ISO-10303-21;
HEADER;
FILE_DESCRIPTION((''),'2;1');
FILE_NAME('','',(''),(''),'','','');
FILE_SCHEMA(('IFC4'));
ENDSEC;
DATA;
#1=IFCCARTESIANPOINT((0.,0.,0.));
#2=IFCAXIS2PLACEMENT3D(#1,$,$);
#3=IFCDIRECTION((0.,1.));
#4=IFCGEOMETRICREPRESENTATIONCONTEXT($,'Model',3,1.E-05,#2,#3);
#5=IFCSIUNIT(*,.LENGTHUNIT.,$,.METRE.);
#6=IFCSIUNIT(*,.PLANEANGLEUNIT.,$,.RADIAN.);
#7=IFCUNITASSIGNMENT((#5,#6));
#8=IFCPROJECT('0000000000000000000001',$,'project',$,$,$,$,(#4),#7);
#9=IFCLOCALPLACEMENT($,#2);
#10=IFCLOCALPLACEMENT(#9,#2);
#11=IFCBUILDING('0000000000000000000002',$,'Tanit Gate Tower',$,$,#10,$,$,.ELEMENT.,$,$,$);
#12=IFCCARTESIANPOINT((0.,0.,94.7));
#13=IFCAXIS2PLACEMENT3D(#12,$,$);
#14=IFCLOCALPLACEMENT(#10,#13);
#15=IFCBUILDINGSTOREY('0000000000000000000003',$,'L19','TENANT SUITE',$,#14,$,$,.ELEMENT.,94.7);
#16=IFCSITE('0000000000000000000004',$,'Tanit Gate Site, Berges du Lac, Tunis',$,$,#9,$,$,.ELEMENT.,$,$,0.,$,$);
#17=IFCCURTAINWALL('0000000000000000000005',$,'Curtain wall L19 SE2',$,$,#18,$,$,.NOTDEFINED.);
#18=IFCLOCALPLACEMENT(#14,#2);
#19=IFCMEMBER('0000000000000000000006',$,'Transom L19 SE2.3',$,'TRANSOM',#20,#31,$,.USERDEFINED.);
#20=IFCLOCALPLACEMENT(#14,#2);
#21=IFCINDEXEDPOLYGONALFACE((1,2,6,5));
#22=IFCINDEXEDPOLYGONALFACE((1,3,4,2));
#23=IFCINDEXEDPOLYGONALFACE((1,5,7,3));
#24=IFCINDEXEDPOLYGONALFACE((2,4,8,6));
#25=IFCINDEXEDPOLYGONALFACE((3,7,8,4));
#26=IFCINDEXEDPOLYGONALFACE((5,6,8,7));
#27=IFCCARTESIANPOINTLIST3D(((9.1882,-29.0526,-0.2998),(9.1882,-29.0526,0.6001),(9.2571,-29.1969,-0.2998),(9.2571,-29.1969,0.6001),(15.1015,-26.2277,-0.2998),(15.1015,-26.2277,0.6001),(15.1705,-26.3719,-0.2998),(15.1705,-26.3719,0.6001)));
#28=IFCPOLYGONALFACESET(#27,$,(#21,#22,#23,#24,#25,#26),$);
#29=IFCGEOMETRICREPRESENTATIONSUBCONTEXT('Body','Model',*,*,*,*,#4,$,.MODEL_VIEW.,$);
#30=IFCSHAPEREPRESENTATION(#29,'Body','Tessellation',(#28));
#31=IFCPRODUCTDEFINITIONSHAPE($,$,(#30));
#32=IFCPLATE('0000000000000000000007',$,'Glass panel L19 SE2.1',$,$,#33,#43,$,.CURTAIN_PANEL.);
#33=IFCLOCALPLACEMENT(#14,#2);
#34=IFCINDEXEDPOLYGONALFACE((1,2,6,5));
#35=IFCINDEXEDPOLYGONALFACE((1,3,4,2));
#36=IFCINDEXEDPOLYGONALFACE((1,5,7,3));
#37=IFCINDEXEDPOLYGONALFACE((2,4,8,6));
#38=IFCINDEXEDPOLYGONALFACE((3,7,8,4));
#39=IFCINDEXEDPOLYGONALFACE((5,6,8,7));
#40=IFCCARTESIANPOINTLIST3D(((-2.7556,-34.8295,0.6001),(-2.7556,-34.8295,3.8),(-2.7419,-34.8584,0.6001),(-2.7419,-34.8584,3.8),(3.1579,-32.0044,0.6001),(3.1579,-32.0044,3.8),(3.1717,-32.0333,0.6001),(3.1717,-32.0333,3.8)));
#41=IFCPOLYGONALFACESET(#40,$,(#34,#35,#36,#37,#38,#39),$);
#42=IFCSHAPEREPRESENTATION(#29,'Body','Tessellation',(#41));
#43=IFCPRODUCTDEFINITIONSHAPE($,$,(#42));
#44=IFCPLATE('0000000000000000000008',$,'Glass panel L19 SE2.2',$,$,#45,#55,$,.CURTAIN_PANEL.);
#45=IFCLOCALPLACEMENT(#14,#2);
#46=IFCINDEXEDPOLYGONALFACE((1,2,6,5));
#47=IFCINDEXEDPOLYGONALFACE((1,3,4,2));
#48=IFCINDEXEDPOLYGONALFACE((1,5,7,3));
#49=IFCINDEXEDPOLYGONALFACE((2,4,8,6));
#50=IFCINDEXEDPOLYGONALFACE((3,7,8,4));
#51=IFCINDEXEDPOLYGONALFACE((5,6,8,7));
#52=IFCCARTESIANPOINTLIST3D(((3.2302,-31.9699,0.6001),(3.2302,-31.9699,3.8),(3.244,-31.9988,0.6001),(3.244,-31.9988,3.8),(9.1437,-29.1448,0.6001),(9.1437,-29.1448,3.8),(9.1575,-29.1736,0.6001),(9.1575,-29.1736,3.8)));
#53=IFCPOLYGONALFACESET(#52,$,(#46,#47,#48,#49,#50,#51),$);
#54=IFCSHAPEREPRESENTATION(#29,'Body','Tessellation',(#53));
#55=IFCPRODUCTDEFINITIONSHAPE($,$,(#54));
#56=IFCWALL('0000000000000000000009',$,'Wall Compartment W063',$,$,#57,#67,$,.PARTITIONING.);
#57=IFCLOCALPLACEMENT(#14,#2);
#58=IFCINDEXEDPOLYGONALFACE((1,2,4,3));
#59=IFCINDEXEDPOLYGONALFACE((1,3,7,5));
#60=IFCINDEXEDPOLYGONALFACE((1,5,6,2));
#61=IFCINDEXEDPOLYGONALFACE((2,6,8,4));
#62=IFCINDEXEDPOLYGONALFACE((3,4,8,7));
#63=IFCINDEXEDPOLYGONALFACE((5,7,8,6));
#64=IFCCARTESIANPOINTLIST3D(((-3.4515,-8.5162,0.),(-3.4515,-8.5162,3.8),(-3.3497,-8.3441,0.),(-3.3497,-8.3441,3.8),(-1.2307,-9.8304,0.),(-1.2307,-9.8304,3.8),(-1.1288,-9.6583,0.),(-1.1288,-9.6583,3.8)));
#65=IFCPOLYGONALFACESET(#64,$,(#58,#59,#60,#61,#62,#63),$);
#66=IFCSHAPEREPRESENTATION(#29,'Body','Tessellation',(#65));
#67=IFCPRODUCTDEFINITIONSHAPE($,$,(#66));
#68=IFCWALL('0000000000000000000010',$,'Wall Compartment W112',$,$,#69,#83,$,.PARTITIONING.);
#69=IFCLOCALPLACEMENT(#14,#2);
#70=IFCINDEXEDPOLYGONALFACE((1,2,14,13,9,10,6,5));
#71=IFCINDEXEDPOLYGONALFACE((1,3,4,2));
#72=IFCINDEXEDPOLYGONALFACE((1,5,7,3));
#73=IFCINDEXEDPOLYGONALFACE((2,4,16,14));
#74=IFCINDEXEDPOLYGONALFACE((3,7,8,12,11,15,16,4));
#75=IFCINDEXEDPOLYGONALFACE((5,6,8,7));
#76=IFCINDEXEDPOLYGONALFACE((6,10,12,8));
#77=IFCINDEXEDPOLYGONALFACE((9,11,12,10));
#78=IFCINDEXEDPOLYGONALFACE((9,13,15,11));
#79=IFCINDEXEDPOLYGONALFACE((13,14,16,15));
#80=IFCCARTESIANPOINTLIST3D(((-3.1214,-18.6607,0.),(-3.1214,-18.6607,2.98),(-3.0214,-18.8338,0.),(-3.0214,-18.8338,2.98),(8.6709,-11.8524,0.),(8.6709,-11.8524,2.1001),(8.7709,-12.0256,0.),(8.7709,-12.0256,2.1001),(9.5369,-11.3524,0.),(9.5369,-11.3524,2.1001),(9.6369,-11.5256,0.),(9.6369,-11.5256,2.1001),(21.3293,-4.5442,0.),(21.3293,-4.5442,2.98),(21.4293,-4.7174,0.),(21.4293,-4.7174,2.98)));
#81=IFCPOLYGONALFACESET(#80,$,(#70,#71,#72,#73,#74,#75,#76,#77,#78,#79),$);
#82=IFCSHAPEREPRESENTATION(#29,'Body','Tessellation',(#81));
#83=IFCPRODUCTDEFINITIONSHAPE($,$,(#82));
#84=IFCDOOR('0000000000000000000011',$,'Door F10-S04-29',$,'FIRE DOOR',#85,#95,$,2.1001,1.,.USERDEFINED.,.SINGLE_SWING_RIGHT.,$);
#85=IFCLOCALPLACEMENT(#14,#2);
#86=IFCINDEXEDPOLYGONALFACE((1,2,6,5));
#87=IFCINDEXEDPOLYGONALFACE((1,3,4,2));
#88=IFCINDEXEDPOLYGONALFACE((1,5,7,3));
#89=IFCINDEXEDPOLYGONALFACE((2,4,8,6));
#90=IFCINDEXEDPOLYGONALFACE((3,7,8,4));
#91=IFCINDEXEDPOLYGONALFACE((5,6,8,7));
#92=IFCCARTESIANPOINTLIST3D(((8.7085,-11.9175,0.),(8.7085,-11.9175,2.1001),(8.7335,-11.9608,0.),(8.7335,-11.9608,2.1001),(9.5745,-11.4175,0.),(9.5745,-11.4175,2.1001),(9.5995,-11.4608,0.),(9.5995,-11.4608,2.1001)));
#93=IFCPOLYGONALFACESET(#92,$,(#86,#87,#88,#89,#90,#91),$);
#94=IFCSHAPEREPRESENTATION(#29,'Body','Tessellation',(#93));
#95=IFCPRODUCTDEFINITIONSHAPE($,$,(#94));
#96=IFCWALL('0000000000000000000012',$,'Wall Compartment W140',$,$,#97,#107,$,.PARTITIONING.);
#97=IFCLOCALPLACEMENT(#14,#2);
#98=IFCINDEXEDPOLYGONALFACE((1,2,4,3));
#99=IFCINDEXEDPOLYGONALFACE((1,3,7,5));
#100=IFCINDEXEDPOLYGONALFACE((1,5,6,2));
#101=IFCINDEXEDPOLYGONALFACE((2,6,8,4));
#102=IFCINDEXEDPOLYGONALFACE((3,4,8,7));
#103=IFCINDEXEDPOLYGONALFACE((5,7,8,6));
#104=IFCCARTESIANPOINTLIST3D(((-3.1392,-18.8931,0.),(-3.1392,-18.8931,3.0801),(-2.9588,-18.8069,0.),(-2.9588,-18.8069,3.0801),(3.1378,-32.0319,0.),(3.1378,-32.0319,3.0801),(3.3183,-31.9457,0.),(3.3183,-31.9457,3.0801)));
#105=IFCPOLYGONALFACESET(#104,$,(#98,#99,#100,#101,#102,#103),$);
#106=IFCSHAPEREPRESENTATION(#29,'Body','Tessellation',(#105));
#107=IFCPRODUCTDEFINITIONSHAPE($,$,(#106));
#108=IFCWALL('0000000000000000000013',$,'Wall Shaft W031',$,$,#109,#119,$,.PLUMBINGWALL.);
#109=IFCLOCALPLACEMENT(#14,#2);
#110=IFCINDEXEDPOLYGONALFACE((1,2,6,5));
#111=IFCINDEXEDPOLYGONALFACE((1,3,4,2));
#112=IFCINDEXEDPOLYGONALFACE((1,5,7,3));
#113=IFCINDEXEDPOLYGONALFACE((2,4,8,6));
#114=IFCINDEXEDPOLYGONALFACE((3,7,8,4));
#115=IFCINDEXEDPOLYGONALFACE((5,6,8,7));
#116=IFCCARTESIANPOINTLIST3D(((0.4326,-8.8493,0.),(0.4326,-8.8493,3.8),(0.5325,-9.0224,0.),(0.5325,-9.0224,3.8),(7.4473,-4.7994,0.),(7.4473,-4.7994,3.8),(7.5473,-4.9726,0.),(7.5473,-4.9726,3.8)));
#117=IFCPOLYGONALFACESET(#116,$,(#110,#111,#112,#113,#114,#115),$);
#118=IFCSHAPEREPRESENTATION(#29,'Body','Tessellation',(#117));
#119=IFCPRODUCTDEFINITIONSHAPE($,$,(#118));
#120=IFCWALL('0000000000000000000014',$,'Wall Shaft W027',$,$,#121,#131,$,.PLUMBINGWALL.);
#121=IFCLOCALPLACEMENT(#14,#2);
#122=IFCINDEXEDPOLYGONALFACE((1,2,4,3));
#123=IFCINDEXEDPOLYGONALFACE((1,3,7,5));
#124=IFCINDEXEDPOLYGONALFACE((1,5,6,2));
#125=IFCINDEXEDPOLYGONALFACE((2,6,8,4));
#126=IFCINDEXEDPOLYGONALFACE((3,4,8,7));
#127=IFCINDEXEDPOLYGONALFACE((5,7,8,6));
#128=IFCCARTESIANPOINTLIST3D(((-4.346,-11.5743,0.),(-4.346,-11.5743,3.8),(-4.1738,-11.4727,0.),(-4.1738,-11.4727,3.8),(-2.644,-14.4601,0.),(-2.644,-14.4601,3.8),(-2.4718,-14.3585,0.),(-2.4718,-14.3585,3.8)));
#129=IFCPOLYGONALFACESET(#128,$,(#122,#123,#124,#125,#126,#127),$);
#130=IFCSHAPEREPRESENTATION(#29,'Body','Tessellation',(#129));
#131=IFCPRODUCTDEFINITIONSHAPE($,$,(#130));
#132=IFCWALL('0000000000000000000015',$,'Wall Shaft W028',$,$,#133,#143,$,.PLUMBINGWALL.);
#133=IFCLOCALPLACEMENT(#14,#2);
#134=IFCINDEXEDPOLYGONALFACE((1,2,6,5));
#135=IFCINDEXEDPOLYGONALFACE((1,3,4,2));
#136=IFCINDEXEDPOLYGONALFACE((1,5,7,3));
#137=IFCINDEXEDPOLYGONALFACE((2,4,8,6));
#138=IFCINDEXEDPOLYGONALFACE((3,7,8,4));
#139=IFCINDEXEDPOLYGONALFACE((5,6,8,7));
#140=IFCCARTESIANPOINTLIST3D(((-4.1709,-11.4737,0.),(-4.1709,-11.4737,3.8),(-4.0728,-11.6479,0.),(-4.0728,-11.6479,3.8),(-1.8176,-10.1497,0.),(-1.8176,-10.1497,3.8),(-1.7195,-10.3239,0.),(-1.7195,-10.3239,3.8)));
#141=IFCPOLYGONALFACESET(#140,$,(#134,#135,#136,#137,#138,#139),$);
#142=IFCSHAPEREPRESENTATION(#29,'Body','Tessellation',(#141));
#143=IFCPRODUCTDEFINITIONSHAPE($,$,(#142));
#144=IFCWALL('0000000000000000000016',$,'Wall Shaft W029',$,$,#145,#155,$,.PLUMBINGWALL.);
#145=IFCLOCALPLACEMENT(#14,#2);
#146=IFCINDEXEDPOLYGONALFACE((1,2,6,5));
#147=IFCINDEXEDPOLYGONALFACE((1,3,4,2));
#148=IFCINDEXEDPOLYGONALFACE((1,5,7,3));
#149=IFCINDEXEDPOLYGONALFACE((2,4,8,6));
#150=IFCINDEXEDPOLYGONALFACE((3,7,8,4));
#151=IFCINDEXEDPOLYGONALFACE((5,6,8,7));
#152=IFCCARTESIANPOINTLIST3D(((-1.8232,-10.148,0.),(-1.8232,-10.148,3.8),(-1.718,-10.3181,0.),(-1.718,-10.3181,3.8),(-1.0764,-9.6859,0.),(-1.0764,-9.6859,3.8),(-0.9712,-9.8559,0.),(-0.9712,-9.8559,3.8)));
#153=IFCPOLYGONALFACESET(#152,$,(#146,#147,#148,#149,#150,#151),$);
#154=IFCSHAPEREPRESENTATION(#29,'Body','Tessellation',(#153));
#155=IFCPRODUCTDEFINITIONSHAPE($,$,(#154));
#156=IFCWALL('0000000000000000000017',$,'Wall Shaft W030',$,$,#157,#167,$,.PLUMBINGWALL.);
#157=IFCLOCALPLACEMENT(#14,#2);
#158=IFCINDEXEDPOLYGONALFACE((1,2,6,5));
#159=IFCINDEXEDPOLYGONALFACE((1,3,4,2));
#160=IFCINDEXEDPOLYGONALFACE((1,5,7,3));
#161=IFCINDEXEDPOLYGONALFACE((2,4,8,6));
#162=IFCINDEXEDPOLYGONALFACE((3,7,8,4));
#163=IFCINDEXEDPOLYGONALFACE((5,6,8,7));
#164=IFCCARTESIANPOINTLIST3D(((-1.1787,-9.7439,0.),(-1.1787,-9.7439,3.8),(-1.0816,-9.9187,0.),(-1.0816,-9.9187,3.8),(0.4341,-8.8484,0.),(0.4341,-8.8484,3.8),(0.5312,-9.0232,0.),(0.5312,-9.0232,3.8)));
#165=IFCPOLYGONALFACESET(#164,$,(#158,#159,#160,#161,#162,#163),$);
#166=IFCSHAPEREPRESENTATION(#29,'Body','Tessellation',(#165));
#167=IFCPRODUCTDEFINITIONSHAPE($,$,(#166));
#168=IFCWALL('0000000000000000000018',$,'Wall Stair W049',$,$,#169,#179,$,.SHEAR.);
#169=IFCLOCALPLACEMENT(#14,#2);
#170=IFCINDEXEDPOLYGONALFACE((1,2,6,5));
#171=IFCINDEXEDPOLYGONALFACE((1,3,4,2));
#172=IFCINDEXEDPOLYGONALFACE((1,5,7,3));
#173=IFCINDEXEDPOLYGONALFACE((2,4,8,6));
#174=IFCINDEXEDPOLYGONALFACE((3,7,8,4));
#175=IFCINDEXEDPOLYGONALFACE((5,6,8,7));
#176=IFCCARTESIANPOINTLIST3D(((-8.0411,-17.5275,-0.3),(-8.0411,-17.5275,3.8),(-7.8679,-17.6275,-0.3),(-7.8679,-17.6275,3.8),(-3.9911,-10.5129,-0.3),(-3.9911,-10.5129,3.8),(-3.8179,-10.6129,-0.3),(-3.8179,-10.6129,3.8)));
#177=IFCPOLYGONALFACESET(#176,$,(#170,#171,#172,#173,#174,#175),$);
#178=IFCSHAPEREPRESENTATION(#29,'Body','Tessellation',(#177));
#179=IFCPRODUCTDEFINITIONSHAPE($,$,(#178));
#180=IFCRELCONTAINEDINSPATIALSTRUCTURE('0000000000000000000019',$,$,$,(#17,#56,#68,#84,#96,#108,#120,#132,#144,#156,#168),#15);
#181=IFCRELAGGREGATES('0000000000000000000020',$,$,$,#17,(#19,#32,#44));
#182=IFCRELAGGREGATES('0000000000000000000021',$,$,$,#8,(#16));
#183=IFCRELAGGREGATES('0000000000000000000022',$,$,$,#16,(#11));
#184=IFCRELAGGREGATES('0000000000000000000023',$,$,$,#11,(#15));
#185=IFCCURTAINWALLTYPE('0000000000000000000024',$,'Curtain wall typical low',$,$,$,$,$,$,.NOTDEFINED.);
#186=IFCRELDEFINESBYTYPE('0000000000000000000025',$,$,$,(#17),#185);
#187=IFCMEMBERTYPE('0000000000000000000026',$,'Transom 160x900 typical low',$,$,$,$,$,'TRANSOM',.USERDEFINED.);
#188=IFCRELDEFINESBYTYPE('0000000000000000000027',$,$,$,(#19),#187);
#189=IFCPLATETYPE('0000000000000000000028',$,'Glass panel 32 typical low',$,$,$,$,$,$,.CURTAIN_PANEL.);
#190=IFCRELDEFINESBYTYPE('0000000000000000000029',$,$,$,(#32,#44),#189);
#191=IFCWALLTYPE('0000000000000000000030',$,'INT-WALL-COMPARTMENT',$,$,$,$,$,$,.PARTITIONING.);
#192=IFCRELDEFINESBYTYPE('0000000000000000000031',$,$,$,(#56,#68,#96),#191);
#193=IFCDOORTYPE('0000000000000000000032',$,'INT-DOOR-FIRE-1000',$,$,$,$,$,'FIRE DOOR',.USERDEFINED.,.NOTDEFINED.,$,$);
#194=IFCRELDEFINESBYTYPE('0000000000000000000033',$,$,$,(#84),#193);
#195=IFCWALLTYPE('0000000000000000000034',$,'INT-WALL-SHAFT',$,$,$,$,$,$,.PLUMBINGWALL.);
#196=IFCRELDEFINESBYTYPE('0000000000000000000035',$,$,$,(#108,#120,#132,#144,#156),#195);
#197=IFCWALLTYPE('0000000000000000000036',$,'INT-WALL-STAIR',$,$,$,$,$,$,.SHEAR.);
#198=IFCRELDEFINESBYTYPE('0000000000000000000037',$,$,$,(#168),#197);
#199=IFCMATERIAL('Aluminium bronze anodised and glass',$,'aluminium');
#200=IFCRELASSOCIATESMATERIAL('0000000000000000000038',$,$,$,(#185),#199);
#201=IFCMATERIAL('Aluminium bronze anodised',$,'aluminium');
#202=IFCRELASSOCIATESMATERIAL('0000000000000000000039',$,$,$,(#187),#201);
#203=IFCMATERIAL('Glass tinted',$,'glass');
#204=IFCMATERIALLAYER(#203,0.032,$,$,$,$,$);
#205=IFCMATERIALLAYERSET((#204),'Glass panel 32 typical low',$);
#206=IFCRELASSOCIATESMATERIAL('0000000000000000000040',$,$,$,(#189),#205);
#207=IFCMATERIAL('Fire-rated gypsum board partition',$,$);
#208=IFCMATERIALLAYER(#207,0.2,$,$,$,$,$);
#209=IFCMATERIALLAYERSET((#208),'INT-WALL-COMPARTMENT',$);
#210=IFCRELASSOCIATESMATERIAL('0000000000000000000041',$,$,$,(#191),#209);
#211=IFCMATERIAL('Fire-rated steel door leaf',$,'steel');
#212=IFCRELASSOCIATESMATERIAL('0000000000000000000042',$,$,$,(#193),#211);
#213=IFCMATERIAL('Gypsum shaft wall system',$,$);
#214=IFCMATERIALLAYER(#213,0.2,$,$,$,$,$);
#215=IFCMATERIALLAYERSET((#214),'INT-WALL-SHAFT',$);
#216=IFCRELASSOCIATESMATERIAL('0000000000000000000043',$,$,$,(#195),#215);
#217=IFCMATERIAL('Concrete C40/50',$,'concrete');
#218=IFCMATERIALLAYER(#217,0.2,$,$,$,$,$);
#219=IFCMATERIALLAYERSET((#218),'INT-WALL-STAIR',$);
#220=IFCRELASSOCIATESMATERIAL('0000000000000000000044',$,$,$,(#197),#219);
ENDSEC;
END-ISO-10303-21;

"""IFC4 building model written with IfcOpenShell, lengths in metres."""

from ifc_helpers import new_model, si_unit, direction, frame, frame_2d, origin, origin_2d, place, context, subcontext, project, spatial, rectangle, extrude, material, layer, layer_set, material_profile, profile_set, type_object, element, fill, aggregate, save


model = new_model("IFC4")

# Units and contexts
model_context = context("Model", 3, precision=1e-05, world=origin(), true_north=direction((0.0, 1.0)))
body_context = subcontext(model_context, "Body", "Model", "MODEL_VIEW")
ifc_project = project(units=[si_unit("LENGTHUNIT", "METRE"), si_unit("PLANEANGLEUNIT", "RADIAN")], contexts=[model_context])

# Site, building, storey
site_placement = place(None, origin())
site = spatial("IfcSite", under=ifc_project, at=site_placement, Name="Tanit Gate Site, Berges du Lac, Tunis", CompositionType="ELEMENT", RefElevation=0.0)
building_placement = place(site_placement, origin())
building = spatial("IfcBuilding", under=site, at=building_placement, Name="Tanit Gate Tower", CompositionType="ELEMENT")
storey_placement = place(building_placement, frame((0.0, 0.0, 94.7)))
storey = spatial("IfcBuildingStorey", under=building, at=storey_placement, Name="L19", Description="TENANT SUITE", CompositionType="ELEMENT", Elevation=94.7)

# Curtain wall
ifc_material_1 = material(Name="Aluminium bronze anodised and glass", Category="aluminium")
curtain_wall_type = type_object("IfcCurtainWallType", Name="Curtain wall typical low", PredefinedType="NOTDEFINED", material=ifc_material_1)
curtain_wall_1_placement = place(storey_placement, origin())
curtain_wall_1 = element("IfcCurtainWall", 1, at=curtain_wall_1_placement, inside=storey, type_object=curtain_wall_type, Name="Curtain wall L19 SE2", PredefinedType="NOTDEFINED")

# Member
ifc_material_2 = material(Name="Aluminium bronze anodised", Category="aluminium")
ifc_material_profile_1 = material_profile(ifc_material_2, rectangle(XDim=0.1599, YDim=0.8999, at=origin_2d()), Name="160x900 bronze transom")
ifc_profile_set_1 = profile_set([ifc_material_profile_1], Name="Aluminium bronze anodised")
member_type_1 = type_object("IfcMemberType", Name="Transom 160x900 typical low", ElementType="TRANSOM", PredefinedType="USERDEFINED", material=ifc_profile_set_1)
member_1_placement = place(storey_placement, frame((9.2227, -29.1248, 0.1501), z_axis=(0.902322, 0.431063, 0.0), x_axis=(-0.431063, 0.902322, 0.0)))
member_1 = element("IfcMember", 2, at=member_1_placement, type_object=member_type_1, Name="Transom L19 SE2.3", ObjectType="TRANSOM", PredefinedType="USERDEFINED", context=body_context, shape_type="SweptSolid", body=[
    extrude(rectangle(XDim=0.1599, YDim=0.8999, at=origin_2d()), origin(), (0.0, 0.0, 1.0), 6.5535),
])

# Plates
ifc_material_3 = material(Name="Glass tinted", Category="glass")
ifc_layer_1 = layer(ifc_material_3, 0.032)
ifc_layer_set_1 = layer_set([ifc_layer_1], Name="Glass panel 32 typical low")
plate_type = type_object("IfcPlateType", Name="Glass panel 32 typical low", PredefinedType="CURTAIN_PANEL", material=ifc_layer_set_1)
plate_1_placement = place(storey_placement, frame((0.208, -33.4314, 0.6001), z_axis=(0.0, 0.0, 1.0), x_axis=(0.902317, 0.431073, 0.0)))
plate_1 = element("IfcPlate", 3, at=plate_1_placement, type_object=plate_type, Name="Glass panel L19 SE2.1", PredefinedType="CURTAIN_PANEL", context=body_context, shape_type="SweptSolid", body=[
    extrude(rectangle(XDim=6.5537, YDim=0.032, at=origin_2d()), origin(), (0.0, 0.0, 1.0), 3.2),
])
plate_2_placement = place(storey_placement, frame((6.1938, -30.5718, 0.6001), z_axis=(0.0, 0.0, 1.0), x_axis=(0.902317, 0.431073, 0.0)))
plate_2 = element("IfcPlate", 4, at=plate_2_placement, type_object=plate_type, Name="Glass panel L19 SE2.2", PredefinedType="CURTAIN_PANEL", context=body_context, shape_type="SweptSolid", body=[
    extrude(rectangle(XDim=6.5537, YDim=0.032, at=origin_2d()), origin(), (0.0, 0.0, 1.0), 3.2),
])
aggregate(curtain_wall_1, [member_1, plate_1, plate_2])

# Wall
ifc_material_4 = material(Name="Fire-rated gypsum board partition")
ifc_layer_2 = layer(ifc_material_4, 0.2)
ifc_layer_set_2 = layer_set([ifc_layer_2], Name="INT-WALL-COMPARTMENT")
wall_type_1 = type_object("IfcWallType", Name="INT-WALL-COMPARTMENT", PredefinedType="PARTITIONING", material=ifc_layer_set_2)
wall_1_placement = place(storey_placement, frame((-3.4006, -8.4302, 0.0), z_axis=(0.0, 0.0, 1.0), x_axis=(0.860616, -0.509255, 0.0)))
element("IfcWall", 5, at=wall_1_placement, inside=storey, type_object=wall_type_1, Name="Wall Compartment W063", PredefinedType="PARTITIONING", context=body_context, shape_type="SweptSolid", body=[
    extrude(rectangle(XDim=2.5806, YDim=0.2, at=frame_2d((1.2903, 0.0))), origin(), (0.0, 0.0, 1.0), 3.8),
])

# Wall, opening, door
wall_2_placement = place(storey_placement, frame((-3.0715, -18.7473, 0.0), z_axis=(0.0, 0.0, 1.0), x_axis=(0.866028, 0.499996, 0.0)))
wall_2 = element("IfcWall", 6, at=wall_2_placement, inside=storey, type_object=wall_type_1, Name="Wall Compartment W112", PredefinedType="PARTITIONING", context=body_context, shape_type="SweptSolid", body=[
    extrude(rectangle(XDim=28.2332, YDim=0.2, at=frame_2d((14.1167, 0.0))), origin(), (0.0, 0.0, 1.0), 2.98),
])
opening_placement = place(wall_2_placement, frame((13.6167, 0.0, 0.0)))
opening = element("IfcOpeningElement", 7, at=opening_placement, cuts=wall_2, PredefinedType="OPENING", context=body_context, shape_type="SweptSolid", body=[
    extrude(rectangle(XDim=1.0, YDim=2.1001, at=frame_2d((0.5, 1.05))), frame((0.0, 0.1099, 0.0), z_axis=(0.0, -1.0, 0.0), x_axis=(1.0, 0.0, 0.0)), (0.0, 0.0, 1.0), 0.22),
])
ifc_material_5 = material(Name="Fire-rated steel door leaf", Category="steel")
door_type = type_object("IfcDoorType", Name="INT-DOOR-FIRE-1000", ElementType="FIRE DOOR", OperationType="NOTDEFINED", PredefinedType="USERDEFINED", material=ifc_material_5)
door_placement = place(opening_placement, origin())
door = element("IfcDoor", 8, at=door_placement, inside=storey, type_object=door_type, Name="Door F10-S04-29", ObjectType="FIRE DOOR", OperationType="SINGLE_SWING_RIGHT", OverallHeight=2.1001, OverallWidth=1.0, PredefinedType="USERDEFINED", context=body_context, shape_type="SweptSolid", body=[
    extrude(rectangle(XDim=1.0, YDim=2.1001, at=frame_2d((0.5, 1.05))), frame((0.0, 0.0249, 0.0), z_axis=(0.0, -1.0, 0.0), x_axis=(1.0, 0.0, 0.0)), (0.0, 0.0, 1.0), 0.05),
])
fill(opening, door)

# Walls
wall_3_placement = place(storey_placement, frame((-3.0491, -18.8499, 0.0), z_axis=(0.0, 0.0, 1.0), x_axis=(0.431079, -0.902314, 0.0)))
element("IfcWall", 9, at=wall_3_placement, inside=storey, type_object=wall_type_1, Name="Wall Compartment W140", PredefinedType="PARTITIONING", context=body_context, shape_type="SweptSolid", body=[
    extrude(rectangle(XDim=14.5613, YDim=0.2, at=frame_2d((7.2808, 0.0))), origin(), (0.0, 0.0, 1.0), 3.0801),
])
ifc_material_6 = material(Name="Gypsum shaft wall system")
ifc_layer_3 = layer(ifc_material_6, 0.2)
ifc_layer_set_3 = layer_set([ifc_layer_3], Name="INT-WALL-SHAFT")
wall_type_2 = type_object("IfcWallType", Name="INT-WALL-SHAFT", PredefinedType="PLUMBINGWALL", material=ifc_layer_set_3)
wall_4_placement = place(storey_placement, frame((0.4827, -8.9358, 0.0), z_axis=(0.0, 0.0, 1.0), x_axis=(0.866031, 0.49999, 0.0)))
element("IfcWall", 10, at=wall_4_placement, inside=storey, type_object=wall_type_2, Name="Wall Shaft W031", PredefinedType="PLUMBINGWALL", context=body_context, shape_type="SweptSolid", body=[
    extrude(rectangle(XDim=8.0999, YDim=0.2, at=frame_2d((4.0498, 0.0))), origin(), (0.0, 0.0, 1.0), 3.8),
])
wall_5_placement = place(storey_placement, frame((-2.5579, -14.4094, 0.0), z_axis=(0.0, 0.0, 1.0), x_axis=(-0.507997, 0.861359, 0.0)))
element("IfcWall", 11, at=wall_5_placement, inside=storey, type_object=wall_type_2, Name="Wall Shaft W027", PredefinedType="PLUMBINGWALL", context=body_context, shape_type="SweptSolid", body=[
    extrude(rectangle(XDim=3.3503, YDim=0.2, at=frame_2d((1.6753, 0.0))), origin(), (0.0, 0.0, 1.0), 3.8),
])
wall_6_placement = place(storey_placement, frame((-1.7686, -10.2368, 0.0), z_axis=(0.0, 0.0, 1.0), x_axis=(-0.871534, -0.490334, 0.0)))
element("IfcWall", 12, at=wall_6_placement, inside=storey, type_object=wall_type_2, Name="Wall Shaft W028", PredefinedType="PLUMBINGWALL", context=body_context, shape_type="SweptSolid", body=[
    extrude(rectangle(XDim=2.7002, YDim=0.2, at=frame_2d((1.3501, 0.0))), origin(), (0.0, 0.0, 1.0), 3.8),
])
wall_7_placement = place(storey_placement, frame((-1.0239, -9.771, 0.0), z_axis=(0.0, 0.0, 1.0), x_axis=(-0.850348, -0.526221, 0.0)))
element("IfcWall", 13, at=wall_7_placement, inside=storey, type_object=wall_type_2, Name="Wall Shaft W029", PredefinedType="PLUMBINGWALL", context=body_context, shape_type="SweptSolid", body=[
    extrude(rectangle(XDim=0.8782, YDim=0.2, at=frame_2d((0.439, 0.0))), origin(), (0.0, 0.0, 1.0), 3.8),
])
wall_8_placement = place(storey_placement, frame((-1.1301, -9.8313, 0.0), z_axis=(0.0, 0.0, 1.0), x_axis=(0.87427, 0.485441, 0.0)))
element("IfcWall", 14, at=wall_8_placement, inside=storey, type_object=wall_type_2, Name="Wall Shaft W030", PredefinedType="PLUMBINGWALL", context=body_context, shape_type="SweptSolid", body=[
    extrude(rectangle(XDim=1.8447, YDim=0.2, at=frame_2d((0.9224, 0.0))), origin(), (0.0, 0.0, 1.0), 3.8),
])
ifc_material_7 = material(Name="Concrete C40/50", Category="concrete")
ifc_layer_4 = layer(ifc_material_7, 0.2)
ifc_layer_set_4 = layer_set([ifc_layer_4], Name="INT-WALL-STAIR")
wall_type_3 = type_object("IfcWallType", Name="INT-WALL-STAIR", PredefinedType="SHEAR", material=ifc_layer_set_4)
wall_9_placement = place(storey_placement, frame((-3.9045, -10.563, -0.3), z_axis=(0.0, 0.0, 1.0), x_axis=(-0.500013, -0.866018, 0.0)))
element("IfcWall", 15, at=wall_9_placement, inside=storey, type_object=wall_type_3, Name="Wall Stair W049", PredefinedType="SHEAR", context=body_context, shape_type="SweptSolid", body=[
    extrude(rectangle(XDim=8.0999, YDim=0.2, at=frame_2d((4.0498, 0.0))), origin(), (0.0, 0.0, 1.0), 4.1001),
])

save(model, "model.ifc")
